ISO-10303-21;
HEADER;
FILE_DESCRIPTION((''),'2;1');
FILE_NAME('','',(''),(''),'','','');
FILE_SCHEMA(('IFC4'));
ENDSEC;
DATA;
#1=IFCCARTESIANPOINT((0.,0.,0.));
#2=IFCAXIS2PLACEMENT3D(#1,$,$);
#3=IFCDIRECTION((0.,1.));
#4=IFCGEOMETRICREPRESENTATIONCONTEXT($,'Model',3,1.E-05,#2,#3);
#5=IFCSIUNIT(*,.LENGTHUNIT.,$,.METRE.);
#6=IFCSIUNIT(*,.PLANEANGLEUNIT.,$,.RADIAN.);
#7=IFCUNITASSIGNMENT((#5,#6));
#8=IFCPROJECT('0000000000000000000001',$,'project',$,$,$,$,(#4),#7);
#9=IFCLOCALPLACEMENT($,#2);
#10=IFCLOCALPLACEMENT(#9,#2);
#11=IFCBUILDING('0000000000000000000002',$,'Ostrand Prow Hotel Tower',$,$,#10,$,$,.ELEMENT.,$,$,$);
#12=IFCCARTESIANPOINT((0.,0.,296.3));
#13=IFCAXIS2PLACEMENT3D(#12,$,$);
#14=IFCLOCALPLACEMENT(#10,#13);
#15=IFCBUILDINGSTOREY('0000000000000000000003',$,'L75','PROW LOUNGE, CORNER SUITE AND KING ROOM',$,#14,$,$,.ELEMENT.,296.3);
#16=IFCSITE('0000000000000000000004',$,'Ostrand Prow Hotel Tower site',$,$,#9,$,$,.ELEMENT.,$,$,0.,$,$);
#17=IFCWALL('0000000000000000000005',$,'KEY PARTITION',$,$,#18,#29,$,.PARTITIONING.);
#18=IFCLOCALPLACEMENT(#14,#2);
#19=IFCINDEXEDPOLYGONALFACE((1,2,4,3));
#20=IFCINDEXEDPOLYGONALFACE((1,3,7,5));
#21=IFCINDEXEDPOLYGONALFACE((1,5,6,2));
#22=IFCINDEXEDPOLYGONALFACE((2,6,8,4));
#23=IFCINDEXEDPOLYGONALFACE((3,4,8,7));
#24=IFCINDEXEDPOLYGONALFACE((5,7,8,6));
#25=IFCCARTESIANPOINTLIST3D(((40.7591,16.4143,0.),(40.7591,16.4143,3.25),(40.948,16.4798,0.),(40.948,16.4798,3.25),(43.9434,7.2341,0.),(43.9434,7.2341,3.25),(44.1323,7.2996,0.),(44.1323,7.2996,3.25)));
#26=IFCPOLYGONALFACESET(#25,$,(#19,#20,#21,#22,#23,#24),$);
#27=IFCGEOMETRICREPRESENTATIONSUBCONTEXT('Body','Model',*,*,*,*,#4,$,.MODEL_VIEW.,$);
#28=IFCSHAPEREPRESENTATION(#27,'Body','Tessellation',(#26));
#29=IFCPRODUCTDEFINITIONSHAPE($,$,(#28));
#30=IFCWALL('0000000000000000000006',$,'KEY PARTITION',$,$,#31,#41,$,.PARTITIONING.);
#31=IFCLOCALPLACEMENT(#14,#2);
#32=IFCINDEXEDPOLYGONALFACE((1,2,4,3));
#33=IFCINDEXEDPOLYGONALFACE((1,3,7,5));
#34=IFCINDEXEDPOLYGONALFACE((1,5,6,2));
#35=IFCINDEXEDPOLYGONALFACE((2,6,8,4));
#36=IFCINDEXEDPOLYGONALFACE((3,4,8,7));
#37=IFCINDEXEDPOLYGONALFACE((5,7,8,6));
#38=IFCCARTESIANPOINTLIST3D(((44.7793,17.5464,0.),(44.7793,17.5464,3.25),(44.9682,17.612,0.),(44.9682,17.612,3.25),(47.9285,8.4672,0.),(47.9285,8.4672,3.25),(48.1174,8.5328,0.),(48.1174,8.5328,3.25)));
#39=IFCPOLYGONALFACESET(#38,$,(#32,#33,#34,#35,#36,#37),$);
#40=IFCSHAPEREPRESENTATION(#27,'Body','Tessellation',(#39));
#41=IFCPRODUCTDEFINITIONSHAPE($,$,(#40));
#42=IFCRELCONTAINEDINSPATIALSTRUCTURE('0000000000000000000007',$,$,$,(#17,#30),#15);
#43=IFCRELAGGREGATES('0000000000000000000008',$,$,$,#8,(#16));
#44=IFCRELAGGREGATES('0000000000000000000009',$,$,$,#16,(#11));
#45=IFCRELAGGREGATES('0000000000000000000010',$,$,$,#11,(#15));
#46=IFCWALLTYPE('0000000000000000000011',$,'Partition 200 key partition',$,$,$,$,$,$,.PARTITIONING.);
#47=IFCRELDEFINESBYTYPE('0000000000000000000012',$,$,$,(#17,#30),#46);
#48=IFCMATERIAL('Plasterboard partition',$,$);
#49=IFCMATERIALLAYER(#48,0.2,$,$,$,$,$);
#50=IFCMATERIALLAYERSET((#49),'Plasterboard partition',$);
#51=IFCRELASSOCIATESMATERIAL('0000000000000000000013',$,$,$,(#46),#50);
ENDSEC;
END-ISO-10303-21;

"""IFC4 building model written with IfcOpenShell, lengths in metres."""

from ifc_helpers import new_model, si_unit, direction, frame, frame_2d, origin, place, context, subcontext, project, spatial, rectangle, extrude, material, layer, layer_set, type_object, element, save


model = new_model("IFC4")

# Units and contexts
model_context = context("Model", 3, precision=1e-05, world=origin(), true_north=direction((0.0, 1.0)))
body_context = subcontext(model_context, "Body", "Model", "MODEL_VIEW")
ifc_project = project(units=[si_unit("LENGTHUNIT", "METRE"), si_unit("PLANEANGLEUNIT", "RADIAN")], contexts=[model_context])

# Site, building, storey
site_placement = place(None, origin())
site = spatial("IfcSite", under=ifc_project, at=site_placement, Name="Ostrand Prow Hotel Tower site", CompositionType="ELEMENT", RefElevation=0.0)
building_placement = place(site_placement, origin())
building = spatial("IfcBuilding", under=site, at=building_placement, Name="Ostrand Prow Hotel Tower", CompositionType="ELEMENT")
storey_placement = place(building_placement, frame((0.0, 0.0, 296.3)))
storey = spatial("IfcBuildingStorey", under=building, at=storey_placement, Name="L75", Description="PROW LOUNGE, CORNER SUITE AND KING ROOM", CompositionType="ELEMENT", Elevation=296.3)

# Walls
ifc_material_1 = material(Name="Plasterboard partition")
ifc_layer_1 = layer(ifc_material_1, 0.2)
ifc_layer_set_1 = layer_set([ifc_layer_1], Name="Plasterboard partition")
wall_type_1 = type_object("IfcWallType", Name="Partition 200 key partition", PredefinedType="PARTITIONING", material=ifc_layer_set_1)
wall_1_placement = place(storey_placement, frame((44.0378, 7.2668, 0.0), z_axis=(0.0, 0.0, 1.0), x_axis=(-0.327715, 0.944777, 0.0)))
element("IfcWall", 1, at=wall_1_placement, inside=storey, type_object=wall_type_1, Name="KEY PARTITION", PredefinedType="PARTITIONING", context=body_context, shape_type="SweptSolid", body=[
    extrude(rectangle(XDim=9.7168, YDim=0.2, at=frame_2d((4.8584, 0.0))), origin(), (0.0, 0.0, 1.0), 3.25),
])
wall_2_placement = place(storey_placement, frame((48.0229, 8.5, 0.0), z_axis=(0.0, 0.0, 1.0), x_axis=(-0.327706, 0.94478, 0.0)))
element("IfcWall", 2, at=wall_2_placement, inside=storey, type_object=wall_type_1, Name="KEY PARTITION", PredefinedType="PARTITIONING", context=body_context, shape_type="SweptSolid", body=[
    extrude(rectangle(XDim=9.6099, YDim=0.2, at=frame_2d((4.8049, 0.0))), origin(), (0.0, 0.0, 1.0), 3.25),
])

save(model, "model.ifc")
